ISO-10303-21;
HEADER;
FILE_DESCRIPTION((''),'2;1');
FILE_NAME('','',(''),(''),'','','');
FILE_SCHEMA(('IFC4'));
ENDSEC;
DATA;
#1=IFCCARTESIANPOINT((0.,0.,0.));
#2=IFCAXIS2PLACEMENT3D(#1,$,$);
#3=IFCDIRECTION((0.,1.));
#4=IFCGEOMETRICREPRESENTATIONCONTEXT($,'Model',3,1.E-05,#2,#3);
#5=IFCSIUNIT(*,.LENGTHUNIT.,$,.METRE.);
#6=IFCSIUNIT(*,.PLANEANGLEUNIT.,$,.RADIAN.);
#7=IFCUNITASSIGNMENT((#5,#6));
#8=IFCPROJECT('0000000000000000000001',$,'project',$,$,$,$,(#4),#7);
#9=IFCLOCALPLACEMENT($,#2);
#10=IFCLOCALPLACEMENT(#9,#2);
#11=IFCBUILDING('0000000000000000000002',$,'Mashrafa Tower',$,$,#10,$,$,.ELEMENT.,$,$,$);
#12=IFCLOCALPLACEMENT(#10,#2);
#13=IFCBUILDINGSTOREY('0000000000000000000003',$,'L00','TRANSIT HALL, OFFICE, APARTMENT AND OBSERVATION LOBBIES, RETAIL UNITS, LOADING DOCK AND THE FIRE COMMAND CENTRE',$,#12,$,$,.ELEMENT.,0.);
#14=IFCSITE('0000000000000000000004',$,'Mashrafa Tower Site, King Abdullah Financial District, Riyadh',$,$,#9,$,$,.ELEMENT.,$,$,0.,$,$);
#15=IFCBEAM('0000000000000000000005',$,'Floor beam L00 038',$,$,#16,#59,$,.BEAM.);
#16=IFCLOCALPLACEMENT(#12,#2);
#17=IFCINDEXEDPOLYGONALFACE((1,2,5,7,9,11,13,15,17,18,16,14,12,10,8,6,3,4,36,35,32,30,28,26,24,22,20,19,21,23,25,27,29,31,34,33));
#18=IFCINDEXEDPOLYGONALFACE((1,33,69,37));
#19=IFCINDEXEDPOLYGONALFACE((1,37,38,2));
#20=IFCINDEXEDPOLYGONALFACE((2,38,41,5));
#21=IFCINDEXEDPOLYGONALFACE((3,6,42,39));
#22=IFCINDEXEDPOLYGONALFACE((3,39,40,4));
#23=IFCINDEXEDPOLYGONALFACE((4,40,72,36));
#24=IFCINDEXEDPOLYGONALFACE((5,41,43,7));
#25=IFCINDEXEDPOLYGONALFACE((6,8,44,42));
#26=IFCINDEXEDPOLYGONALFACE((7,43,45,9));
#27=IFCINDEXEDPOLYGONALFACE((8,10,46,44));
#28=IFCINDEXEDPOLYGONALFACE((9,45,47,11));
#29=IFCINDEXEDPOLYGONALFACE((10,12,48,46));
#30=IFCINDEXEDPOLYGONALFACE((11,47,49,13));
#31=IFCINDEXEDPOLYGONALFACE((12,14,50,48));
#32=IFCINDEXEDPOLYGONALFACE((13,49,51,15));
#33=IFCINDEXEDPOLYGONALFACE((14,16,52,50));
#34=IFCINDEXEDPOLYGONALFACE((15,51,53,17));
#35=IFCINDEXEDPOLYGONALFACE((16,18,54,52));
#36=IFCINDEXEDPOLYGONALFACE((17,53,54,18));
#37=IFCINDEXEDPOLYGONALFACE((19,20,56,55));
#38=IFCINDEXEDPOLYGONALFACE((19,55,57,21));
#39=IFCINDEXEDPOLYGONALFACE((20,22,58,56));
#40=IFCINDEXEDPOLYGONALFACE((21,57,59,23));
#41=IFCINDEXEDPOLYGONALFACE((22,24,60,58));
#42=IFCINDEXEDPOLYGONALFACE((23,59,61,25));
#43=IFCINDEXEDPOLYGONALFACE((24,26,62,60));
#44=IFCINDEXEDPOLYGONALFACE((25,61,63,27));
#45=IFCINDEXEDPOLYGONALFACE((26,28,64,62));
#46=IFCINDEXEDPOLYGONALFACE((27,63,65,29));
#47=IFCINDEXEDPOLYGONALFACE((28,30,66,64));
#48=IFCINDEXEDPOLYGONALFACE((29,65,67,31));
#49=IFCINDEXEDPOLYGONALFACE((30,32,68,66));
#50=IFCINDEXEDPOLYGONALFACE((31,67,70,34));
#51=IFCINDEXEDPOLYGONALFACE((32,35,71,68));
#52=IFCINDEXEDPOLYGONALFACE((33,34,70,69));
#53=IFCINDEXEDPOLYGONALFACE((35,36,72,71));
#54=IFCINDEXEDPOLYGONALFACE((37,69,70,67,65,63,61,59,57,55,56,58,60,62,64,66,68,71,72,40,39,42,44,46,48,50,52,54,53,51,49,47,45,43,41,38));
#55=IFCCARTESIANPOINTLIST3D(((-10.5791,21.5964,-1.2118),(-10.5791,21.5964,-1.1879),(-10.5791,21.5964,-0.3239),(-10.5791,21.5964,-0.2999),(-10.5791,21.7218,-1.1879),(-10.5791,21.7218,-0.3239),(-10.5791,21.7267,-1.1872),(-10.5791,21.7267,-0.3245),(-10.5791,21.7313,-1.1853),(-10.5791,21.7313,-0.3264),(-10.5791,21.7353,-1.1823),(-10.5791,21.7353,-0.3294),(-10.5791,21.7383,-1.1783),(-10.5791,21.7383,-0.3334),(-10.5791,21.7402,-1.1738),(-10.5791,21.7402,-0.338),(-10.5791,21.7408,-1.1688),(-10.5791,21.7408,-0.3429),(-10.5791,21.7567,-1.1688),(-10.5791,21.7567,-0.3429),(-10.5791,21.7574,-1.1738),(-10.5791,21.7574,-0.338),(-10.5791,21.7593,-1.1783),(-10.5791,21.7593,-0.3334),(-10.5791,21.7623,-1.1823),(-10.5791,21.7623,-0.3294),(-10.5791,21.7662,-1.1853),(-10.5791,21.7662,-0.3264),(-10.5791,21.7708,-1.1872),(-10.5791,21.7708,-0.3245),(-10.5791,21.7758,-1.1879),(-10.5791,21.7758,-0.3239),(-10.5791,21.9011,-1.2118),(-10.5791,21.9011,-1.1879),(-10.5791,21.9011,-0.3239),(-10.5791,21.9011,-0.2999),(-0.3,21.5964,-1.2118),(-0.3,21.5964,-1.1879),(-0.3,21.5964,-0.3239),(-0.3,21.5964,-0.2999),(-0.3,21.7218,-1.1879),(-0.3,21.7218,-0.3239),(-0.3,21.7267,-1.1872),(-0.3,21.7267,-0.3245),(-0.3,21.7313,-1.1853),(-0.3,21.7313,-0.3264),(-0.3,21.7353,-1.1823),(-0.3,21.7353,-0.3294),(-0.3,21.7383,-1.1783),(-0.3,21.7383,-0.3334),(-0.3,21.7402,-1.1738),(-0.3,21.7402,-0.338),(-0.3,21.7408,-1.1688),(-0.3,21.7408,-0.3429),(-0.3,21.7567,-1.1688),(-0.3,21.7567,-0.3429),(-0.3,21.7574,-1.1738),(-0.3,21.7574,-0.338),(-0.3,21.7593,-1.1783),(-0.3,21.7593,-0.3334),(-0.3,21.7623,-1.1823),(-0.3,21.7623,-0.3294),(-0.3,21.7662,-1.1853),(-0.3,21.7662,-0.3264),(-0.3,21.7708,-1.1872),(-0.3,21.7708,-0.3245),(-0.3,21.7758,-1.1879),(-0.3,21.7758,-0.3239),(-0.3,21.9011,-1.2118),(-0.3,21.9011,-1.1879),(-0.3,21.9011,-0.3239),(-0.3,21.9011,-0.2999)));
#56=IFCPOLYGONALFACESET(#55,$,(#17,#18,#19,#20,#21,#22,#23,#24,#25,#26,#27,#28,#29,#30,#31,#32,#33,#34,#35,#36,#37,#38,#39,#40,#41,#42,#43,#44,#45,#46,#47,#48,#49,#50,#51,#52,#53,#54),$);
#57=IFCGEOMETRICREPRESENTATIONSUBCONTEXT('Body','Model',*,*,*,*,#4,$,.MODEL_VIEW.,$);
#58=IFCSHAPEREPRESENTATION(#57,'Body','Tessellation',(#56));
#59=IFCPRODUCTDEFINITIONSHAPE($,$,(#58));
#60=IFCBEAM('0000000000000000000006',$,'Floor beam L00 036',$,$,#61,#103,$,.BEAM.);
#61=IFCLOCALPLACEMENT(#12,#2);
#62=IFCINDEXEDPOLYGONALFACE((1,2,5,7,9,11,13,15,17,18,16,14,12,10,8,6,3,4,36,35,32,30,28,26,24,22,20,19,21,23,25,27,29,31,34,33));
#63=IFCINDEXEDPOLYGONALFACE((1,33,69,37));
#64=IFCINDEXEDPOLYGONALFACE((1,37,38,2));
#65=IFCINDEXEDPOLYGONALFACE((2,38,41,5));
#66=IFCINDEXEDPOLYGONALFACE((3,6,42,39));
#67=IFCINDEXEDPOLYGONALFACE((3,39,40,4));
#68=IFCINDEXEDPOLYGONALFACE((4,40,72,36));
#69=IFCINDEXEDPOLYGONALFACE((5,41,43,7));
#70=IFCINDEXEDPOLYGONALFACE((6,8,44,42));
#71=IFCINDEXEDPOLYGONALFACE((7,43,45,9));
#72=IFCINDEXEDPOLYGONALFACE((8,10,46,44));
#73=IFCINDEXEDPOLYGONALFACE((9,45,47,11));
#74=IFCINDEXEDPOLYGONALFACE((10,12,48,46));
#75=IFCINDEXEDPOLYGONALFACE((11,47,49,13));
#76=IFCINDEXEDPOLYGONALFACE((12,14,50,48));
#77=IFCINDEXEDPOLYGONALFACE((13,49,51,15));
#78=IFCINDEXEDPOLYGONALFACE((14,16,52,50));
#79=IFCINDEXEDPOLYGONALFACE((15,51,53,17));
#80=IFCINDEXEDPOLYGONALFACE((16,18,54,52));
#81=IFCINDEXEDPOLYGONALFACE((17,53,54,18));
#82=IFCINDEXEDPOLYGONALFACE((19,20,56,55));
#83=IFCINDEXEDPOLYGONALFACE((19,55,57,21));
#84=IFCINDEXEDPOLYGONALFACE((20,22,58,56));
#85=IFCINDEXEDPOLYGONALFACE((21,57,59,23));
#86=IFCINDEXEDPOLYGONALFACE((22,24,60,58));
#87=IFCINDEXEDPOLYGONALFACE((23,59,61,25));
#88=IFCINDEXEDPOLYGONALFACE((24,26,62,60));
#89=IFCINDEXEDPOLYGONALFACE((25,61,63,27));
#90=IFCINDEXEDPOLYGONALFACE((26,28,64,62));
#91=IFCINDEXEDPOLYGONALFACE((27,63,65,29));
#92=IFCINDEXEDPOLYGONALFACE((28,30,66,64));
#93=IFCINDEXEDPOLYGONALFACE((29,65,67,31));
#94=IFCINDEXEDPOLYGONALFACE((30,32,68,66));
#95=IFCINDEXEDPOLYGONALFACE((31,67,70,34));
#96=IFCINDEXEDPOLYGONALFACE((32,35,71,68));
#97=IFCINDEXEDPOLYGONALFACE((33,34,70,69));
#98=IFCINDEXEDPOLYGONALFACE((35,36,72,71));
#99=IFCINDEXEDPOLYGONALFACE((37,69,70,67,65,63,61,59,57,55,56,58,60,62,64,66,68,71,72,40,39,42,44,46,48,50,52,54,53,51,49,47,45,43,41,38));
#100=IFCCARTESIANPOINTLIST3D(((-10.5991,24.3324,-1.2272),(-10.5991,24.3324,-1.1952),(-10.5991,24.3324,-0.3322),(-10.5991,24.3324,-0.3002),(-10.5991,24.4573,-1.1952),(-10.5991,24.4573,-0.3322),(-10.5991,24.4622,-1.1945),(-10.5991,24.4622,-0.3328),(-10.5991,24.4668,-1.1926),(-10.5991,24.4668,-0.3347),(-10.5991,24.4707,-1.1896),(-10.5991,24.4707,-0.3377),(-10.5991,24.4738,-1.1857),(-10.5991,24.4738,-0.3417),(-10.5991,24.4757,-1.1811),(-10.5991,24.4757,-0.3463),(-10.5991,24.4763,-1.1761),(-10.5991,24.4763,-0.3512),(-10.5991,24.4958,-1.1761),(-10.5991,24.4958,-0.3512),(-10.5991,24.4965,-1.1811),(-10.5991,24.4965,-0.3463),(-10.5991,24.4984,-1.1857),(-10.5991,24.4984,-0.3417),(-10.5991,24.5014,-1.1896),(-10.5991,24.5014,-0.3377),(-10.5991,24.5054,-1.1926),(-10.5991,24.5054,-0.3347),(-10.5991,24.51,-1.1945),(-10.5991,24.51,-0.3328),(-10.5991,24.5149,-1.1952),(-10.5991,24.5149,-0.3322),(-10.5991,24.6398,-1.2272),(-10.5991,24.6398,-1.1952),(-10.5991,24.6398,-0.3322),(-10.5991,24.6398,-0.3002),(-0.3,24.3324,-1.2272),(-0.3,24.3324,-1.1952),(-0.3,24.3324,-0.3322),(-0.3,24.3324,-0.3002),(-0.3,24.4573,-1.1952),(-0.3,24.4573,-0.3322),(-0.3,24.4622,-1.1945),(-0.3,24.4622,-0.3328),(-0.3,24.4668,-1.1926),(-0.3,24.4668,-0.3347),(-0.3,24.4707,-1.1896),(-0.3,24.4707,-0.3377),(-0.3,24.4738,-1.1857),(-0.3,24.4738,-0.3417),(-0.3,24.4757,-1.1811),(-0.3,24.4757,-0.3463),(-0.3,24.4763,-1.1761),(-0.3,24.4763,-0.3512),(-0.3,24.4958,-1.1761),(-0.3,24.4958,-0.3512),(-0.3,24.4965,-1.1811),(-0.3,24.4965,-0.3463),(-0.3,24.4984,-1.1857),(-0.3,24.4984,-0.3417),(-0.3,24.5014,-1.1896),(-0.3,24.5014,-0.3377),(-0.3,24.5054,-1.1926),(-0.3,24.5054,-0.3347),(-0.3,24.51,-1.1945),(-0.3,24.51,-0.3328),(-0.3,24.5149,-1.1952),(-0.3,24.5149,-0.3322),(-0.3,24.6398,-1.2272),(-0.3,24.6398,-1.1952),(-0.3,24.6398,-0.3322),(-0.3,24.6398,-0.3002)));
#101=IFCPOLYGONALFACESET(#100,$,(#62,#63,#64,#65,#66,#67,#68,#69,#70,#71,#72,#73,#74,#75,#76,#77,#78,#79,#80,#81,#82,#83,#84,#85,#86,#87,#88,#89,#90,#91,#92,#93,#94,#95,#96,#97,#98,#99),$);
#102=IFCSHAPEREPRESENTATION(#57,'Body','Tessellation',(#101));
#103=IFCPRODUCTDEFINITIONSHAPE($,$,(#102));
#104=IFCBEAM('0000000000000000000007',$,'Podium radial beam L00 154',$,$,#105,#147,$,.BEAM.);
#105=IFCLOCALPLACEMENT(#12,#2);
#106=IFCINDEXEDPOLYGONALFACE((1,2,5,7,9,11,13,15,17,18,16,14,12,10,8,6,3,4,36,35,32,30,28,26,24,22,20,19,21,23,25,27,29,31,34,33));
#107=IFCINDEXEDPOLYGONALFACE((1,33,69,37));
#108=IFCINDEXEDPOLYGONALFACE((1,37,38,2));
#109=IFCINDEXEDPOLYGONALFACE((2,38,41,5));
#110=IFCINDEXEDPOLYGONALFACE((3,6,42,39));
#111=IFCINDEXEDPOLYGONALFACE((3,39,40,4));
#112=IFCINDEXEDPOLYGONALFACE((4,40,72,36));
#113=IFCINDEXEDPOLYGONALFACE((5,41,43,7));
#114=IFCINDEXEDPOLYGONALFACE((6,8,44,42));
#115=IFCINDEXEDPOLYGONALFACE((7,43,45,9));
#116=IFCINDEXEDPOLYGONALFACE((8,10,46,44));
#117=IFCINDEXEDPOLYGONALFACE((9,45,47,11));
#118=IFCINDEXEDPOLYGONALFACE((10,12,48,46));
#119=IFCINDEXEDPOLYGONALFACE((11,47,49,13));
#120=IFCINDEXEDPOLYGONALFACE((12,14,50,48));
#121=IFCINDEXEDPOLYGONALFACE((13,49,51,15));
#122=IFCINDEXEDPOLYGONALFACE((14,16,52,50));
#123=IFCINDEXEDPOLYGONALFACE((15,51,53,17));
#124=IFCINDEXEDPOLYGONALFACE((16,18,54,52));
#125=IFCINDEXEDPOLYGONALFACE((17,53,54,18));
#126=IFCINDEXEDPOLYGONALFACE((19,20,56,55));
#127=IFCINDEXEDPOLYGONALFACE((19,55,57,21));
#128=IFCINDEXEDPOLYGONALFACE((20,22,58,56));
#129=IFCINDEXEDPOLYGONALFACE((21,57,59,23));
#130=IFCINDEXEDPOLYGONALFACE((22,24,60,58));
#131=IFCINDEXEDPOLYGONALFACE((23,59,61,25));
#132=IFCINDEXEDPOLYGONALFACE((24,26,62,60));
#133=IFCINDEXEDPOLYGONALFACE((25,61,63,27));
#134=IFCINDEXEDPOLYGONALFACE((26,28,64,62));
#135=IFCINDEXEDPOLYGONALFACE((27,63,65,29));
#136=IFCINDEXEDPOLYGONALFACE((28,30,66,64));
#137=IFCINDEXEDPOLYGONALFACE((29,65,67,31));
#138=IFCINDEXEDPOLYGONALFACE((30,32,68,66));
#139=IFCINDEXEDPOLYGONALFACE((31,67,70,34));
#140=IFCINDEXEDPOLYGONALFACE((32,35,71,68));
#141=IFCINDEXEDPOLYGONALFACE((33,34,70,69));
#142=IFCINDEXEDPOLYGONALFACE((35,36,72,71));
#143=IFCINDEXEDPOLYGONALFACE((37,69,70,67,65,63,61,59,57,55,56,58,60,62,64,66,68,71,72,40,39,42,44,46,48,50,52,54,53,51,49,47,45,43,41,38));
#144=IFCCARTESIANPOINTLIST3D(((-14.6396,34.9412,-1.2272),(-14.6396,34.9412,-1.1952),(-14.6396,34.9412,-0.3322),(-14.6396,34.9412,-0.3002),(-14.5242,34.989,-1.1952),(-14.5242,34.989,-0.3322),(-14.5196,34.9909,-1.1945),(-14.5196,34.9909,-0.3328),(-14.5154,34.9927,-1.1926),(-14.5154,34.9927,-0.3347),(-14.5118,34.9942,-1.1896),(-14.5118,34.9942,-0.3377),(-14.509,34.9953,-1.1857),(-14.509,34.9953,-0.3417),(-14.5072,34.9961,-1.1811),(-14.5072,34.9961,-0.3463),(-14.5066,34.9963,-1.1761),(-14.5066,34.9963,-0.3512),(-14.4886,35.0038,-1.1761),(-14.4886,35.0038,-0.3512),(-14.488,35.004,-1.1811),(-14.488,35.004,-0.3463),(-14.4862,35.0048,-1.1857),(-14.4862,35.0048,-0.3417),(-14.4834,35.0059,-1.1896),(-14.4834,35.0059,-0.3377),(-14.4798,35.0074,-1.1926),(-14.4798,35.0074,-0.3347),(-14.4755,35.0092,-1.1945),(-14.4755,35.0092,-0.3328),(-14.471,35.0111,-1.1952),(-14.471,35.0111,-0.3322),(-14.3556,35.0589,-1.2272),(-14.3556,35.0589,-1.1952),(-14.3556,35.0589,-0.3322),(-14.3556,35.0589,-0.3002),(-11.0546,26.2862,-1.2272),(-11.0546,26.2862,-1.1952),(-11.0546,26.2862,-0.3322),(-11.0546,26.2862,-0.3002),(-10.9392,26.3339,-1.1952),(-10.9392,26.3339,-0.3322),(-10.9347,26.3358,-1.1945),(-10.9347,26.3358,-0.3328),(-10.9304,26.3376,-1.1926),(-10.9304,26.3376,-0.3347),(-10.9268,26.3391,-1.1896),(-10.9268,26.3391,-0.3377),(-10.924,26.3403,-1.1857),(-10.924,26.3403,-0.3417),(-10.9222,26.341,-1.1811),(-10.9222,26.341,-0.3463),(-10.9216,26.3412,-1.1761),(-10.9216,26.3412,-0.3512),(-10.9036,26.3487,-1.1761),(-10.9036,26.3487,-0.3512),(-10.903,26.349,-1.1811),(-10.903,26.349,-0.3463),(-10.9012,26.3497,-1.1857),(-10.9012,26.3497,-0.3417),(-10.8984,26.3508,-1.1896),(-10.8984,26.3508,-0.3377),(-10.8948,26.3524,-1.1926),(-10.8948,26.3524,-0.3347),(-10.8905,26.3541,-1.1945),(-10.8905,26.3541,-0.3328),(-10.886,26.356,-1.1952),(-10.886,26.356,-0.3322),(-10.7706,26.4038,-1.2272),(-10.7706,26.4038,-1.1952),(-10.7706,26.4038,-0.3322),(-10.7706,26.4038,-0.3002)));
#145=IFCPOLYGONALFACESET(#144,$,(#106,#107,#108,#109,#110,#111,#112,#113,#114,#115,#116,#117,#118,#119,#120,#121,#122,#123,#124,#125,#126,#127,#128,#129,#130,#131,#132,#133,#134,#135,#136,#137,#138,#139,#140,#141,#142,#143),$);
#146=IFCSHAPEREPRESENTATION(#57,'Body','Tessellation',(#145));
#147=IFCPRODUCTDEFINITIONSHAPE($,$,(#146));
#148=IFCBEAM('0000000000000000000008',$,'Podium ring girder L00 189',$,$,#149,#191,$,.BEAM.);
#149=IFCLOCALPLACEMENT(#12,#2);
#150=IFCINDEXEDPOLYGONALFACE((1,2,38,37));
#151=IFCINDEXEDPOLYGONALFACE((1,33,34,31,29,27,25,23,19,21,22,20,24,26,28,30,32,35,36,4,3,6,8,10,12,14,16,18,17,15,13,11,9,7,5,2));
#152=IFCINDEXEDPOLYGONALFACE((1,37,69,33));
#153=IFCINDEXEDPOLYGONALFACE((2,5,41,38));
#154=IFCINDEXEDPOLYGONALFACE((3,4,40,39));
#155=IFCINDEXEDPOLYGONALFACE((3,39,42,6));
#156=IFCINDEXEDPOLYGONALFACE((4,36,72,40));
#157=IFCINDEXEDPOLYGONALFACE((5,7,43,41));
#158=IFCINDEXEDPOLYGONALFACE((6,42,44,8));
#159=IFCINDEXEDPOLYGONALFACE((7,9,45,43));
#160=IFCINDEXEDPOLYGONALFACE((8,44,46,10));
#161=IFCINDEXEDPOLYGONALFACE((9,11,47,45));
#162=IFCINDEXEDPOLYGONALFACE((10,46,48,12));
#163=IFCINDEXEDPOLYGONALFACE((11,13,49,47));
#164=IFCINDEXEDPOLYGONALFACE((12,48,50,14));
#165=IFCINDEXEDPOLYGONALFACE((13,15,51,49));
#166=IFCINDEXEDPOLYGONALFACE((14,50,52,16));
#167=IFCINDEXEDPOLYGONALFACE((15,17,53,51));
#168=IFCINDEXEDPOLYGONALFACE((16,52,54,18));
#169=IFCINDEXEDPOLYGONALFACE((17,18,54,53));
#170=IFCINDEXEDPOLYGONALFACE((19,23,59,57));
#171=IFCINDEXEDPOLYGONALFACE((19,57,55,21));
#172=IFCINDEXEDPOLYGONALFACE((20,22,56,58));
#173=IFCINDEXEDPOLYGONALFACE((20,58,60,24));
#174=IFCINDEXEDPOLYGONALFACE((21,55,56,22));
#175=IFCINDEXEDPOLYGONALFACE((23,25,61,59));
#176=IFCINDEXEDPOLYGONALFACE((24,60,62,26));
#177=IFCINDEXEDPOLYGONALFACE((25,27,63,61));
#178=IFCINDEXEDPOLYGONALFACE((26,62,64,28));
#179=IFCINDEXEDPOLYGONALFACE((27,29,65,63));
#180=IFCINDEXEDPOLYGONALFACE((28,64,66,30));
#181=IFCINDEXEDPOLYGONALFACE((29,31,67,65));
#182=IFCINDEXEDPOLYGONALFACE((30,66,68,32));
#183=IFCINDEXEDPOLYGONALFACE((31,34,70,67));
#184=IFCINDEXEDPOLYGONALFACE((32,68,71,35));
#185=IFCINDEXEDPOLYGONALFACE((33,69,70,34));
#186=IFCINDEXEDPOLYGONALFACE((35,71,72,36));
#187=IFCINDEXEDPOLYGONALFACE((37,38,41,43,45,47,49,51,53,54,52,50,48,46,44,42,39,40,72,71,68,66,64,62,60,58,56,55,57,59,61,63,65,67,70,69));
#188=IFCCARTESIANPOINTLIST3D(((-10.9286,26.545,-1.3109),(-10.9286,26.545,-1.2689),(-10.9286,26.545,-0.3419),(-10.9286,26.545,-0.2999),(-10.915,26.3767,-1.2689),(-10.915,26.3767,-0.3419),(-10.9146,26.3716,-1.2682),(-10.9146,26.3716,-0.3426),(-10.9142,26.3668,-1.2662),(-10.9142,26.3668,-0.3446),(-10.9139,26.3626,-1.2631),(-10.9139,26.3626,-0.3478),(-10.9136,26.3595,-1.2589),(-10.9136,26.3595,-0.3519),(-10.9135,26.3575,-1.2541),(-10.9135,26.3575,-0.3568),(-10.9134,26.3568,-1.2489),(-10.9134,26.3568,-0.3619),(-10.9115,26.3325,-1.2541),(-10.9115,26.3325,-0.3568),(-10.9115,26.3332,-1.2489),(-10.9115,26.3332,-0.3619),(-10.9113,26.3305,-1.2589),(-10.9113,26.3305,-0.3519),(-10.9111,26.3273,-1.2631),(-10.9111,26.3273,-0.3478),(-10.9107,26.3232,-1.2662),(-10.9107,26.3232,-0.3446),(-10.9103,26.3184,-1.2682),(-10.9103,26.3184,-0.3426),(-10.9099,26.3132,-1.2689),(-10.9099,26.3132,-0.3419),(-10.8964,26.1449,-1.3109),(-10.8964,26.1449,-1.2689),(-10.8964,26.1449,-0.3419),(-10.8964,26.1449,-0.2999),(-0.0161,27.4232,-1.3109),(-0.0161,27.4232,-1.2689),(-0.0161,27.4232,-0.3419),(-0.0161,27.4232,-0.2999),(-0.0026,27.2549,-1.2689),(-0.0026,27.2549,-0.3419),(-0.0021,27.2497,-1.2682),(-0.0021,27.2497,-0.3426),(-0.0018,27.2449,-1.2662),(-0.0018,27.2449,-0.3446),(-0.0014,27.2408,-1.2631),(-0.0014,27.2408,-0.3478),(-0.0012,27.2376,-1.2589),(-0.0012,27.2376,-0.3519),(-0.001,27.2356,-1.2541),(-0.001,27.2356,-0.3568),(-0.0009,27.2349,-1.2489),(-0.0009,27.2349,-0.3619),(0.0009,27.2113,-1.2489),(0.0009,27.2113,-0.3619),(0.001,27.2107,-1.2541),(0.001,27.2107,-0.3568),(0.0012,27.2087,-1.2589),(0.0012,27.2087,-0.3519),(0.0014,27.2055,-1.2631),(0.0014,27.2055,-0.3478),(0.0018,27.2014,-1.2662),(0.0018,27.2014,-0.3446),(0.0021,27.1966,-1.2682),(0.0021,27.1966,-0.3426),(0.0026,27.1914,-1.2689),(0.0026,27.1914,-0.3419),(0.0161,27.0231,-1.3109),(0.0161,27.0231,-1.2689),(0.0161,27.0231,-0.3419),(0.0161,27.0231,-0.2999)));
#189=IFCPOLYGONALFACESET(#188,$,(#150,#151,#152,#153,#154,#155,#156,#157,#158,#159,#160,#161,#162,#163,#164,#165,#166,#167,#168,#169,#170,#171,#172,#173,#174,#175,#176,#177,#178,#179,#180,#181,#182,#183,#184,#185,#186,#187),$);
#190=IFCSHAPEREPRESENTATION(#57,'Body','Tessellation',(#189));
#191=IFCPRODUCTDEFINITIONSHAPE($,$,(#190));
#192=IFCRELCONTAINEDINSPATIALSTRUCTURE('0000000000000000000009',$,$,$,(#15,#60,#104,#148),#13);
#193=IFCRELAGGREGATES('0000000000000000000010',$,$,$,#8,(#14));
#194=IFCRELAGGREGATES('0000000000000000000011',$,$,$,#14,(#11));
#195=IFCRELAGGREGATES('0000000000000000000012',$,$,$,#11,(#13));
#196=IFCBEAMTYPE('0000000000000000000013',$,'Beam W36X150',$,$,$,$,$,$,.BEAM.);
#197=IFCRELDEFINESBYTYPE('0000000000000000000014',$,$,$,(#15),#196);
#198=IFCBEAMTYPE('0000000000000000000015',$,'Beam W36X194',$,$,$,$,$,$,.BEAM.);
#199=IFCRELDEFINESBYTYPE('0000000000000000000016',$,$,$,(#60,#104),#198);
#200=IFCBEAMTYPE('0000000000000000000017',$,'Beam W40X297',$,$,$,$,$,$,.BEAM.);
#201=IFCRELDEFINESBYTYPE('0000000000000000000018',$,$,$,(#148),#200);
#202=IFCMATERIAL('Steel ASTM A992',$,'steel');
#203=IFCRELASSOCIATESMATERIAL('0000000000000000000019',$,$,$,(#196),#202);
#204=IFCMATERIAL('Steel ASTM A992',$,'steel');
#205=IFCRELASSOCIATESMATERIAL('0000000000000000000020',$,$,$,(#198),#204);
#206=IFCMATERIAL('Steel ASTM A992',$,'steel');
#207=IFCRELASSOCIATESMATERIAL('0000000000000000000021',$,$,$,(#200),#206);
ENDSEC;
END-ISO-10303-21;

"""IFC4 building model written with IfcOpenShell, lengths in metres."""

from ifc_helpers import new_model, si_unit, direction, frame, origin, origin_2d, place, context, subcontext, project, spatial, i_section, extrude, material, material_profile, profile_set, type_object, element, save


model = new_model("IFC4")

# Units and contexts
model_context = context("Model", 3, precision=1e-05, world=origin(), true_north=direction((0.0, 1.0)))
body_context = subcontext(model_context, "Body", "Model", "MODEL_VIEW")
ifc_project = project(units=[si_unit("LENGTHUNIT", "METRE"), si_unit("PLANEANGLEUNIT", "RADIAN")], contexts=[model_context])

# Site, building, storey
site_placement = place(None, origin())
site = spatial("IfcSite", under=ifc_project, at=site_placement, Name="Mashrafa Tower Site, King Abdullah Financial District, Riyadh", CompositionType="ELEMENT", RefElevation=0.0)
building_placement = place(site_placement, origin())
building = spatial("IfcBuilding", under=site, at=building_placement, Name="Mashrafa Tower", CompositionType="ELEMENT")
storey_placement = place(building_placement, origin())
storey = spatial("IfcBuildingStorey", under=building, at=storey_placement, Name="L00", Description="TRANSIT HALL, OFFICE, APARTMENT AND OBSERVATION LOBBIES, RETAIL UNITS, LOADING DOCK AND THE FIRE COMMAND CENTRE", CompositionType="ELEMENT", Elevation=0.0)

# Beams
ifc_material_1 = material(Name="Steel ASTM A992", Category="steel")
ifc_material_profile_1 = material_profile(ifc_material_1, i_section(OverallWidth=0.3047, OverallDepth=0.9119, WebThickness=0.0159, FlangeThickness=0.0239, FilletRadius=0.019, at=origin_2d()), Name="W36X150")
ifc_profile_set_1 = profile_set([ifc_material_profile_1], Name="Steel ASTM A992")
beam_type_1 = type_object("IfcBeamType", Name="Beam W36X150", PredefinedType="BEAM", material=ifc_profile_set_1)
beam_1_placement = place(storey_placement, frame((-10.5791, 21.7488, -0.7559), z_axis=(1.0, 0.0, 0.0), x_axis=(0.0, 1.0, 0.0)))
element("IfcBeam", 1, at=beam_1_placement, inside=storey, type_object=beam_type_1, Name="Floor beam L00 038", PredefinedType="BEAM", context=body_context, shape_type="SweptSolid", body=[
    extrude(i_section(OverallWidth=0.3047, OverallDepth=0.9119, WebThickness=0.0159, FlangeThickness=0.0239, FilletRadius=0.019, at=origin_2d()), origin(), (0.0, 0.0, 1.0), 10.2791),
])
ifc_material_2 = material(Name="Steel ASTM A992", Category="steel")
ifc_material_profile_2 = material_profile(ifc_material_2, i_section(OverallWidth=0.3074, OverallDepth=0.927, WebThickness=0.0195, FlangeThickness=0.032, FilletRadius=0.019, at=origin_2d()), Name="W36X194")
ifc_profile_set_2 = profile_set([ifc_material_profile_2], Name="Steel ASTM A992")
beam_type_2 = type_object("IfcBeamType", Name="Beam W36X194", PredefinedType="BEAM", material=ifc_profile_set_2)
beam_2_placement = place(storey_placement, frame((-10.5991, 24.4861, -0.7637), z_axis=(1.0, 0.0, 0.0), x_axis=(0.0, 1.0, 0.0)))
element("IfcBeam", 2, at=beam_2_placement, inside=storey, type_object=beam_type_2, Name="Floor beam L00 036", PredefinedType="BEAM", context=body_context, shape_type="SweptSolid", body=[
    extrude(i_section(OverallWidth=0.3074, OverallDepth=0.927, WebThickness=0.0195, FlangeThickness=0.032, FilletRadius=0.019, at=origin_2d()), origin(), (0.0, 0.0, 1.0), 10.2991),
])
beam_3_placement = place(storey_placement, frame((-10.9126, 26.345, -0.7637), z_axis=(-0.382677, 0.923882, 0.0), x_axis=(-0.923882, -0.382677, 0.0)))
element("IfcBeam", 3, at=beam_3_placement, inside=storey, type_object=beam_type_2, Name="Podium radial beam L00 154", PredefinedType="BEAM", context=body_context, shape_type="SweptSolid", body=[
    extrude(i_section(OverallWidth=0.3074, OverallDepth=0.927, WebThickness=0.0195, FlangeThickness=0.032, FilletRadius=0.019, at=origin_2d()), origin(), (0.0, 0.0, 1.0), 9.3682),
])
ifc_material_3 = material(Name="Steel ASTM A992", Category="steel")
ifc_material_profile_3 = material_profile(ifc_material_3, i_section(OverallWidth=0.4014, OverallDepth=1.011, WebThickness=0.0237, FlangeThickness=0.042, FilletRadius=0.02, at=origin_2d()), Name="W40X297")
ifc_profile_set_3 = profile_set([ifc_material_profile_3], Name="Steel ASTM A992")
beam_type_3 = type_object("IfcBeamType", Name="Beam W40X297", PredefinedType="BEAM", material=ifc_profile_set_3)
beam_4_placement = place(storey_placement, frame((0.0, 27.2231, -0.8054), z_axis=(-0.996778, -0.080214, 0.0), x_axis=(0.080214, -0.996778, 0.0)))
element("IfcBeam", 4, at=beam_4_placement, inside=storey, type_object=beam_type_3, Name="Podium ring girder L00 189", PredefinedType="BEAM", context=body_context, shape_type="SweptSolid", body=[
    extrude(i_section(OverallWidth=0.4014, OverallDepth=1.011, WebThickness=0.0237, FlangeThickness=0.042, FilletRadius=0.02, at=origin_2d()), origin(), (0.0, 0.0, 1.0), 10.9478),
])

save(model, "model.ifc")
